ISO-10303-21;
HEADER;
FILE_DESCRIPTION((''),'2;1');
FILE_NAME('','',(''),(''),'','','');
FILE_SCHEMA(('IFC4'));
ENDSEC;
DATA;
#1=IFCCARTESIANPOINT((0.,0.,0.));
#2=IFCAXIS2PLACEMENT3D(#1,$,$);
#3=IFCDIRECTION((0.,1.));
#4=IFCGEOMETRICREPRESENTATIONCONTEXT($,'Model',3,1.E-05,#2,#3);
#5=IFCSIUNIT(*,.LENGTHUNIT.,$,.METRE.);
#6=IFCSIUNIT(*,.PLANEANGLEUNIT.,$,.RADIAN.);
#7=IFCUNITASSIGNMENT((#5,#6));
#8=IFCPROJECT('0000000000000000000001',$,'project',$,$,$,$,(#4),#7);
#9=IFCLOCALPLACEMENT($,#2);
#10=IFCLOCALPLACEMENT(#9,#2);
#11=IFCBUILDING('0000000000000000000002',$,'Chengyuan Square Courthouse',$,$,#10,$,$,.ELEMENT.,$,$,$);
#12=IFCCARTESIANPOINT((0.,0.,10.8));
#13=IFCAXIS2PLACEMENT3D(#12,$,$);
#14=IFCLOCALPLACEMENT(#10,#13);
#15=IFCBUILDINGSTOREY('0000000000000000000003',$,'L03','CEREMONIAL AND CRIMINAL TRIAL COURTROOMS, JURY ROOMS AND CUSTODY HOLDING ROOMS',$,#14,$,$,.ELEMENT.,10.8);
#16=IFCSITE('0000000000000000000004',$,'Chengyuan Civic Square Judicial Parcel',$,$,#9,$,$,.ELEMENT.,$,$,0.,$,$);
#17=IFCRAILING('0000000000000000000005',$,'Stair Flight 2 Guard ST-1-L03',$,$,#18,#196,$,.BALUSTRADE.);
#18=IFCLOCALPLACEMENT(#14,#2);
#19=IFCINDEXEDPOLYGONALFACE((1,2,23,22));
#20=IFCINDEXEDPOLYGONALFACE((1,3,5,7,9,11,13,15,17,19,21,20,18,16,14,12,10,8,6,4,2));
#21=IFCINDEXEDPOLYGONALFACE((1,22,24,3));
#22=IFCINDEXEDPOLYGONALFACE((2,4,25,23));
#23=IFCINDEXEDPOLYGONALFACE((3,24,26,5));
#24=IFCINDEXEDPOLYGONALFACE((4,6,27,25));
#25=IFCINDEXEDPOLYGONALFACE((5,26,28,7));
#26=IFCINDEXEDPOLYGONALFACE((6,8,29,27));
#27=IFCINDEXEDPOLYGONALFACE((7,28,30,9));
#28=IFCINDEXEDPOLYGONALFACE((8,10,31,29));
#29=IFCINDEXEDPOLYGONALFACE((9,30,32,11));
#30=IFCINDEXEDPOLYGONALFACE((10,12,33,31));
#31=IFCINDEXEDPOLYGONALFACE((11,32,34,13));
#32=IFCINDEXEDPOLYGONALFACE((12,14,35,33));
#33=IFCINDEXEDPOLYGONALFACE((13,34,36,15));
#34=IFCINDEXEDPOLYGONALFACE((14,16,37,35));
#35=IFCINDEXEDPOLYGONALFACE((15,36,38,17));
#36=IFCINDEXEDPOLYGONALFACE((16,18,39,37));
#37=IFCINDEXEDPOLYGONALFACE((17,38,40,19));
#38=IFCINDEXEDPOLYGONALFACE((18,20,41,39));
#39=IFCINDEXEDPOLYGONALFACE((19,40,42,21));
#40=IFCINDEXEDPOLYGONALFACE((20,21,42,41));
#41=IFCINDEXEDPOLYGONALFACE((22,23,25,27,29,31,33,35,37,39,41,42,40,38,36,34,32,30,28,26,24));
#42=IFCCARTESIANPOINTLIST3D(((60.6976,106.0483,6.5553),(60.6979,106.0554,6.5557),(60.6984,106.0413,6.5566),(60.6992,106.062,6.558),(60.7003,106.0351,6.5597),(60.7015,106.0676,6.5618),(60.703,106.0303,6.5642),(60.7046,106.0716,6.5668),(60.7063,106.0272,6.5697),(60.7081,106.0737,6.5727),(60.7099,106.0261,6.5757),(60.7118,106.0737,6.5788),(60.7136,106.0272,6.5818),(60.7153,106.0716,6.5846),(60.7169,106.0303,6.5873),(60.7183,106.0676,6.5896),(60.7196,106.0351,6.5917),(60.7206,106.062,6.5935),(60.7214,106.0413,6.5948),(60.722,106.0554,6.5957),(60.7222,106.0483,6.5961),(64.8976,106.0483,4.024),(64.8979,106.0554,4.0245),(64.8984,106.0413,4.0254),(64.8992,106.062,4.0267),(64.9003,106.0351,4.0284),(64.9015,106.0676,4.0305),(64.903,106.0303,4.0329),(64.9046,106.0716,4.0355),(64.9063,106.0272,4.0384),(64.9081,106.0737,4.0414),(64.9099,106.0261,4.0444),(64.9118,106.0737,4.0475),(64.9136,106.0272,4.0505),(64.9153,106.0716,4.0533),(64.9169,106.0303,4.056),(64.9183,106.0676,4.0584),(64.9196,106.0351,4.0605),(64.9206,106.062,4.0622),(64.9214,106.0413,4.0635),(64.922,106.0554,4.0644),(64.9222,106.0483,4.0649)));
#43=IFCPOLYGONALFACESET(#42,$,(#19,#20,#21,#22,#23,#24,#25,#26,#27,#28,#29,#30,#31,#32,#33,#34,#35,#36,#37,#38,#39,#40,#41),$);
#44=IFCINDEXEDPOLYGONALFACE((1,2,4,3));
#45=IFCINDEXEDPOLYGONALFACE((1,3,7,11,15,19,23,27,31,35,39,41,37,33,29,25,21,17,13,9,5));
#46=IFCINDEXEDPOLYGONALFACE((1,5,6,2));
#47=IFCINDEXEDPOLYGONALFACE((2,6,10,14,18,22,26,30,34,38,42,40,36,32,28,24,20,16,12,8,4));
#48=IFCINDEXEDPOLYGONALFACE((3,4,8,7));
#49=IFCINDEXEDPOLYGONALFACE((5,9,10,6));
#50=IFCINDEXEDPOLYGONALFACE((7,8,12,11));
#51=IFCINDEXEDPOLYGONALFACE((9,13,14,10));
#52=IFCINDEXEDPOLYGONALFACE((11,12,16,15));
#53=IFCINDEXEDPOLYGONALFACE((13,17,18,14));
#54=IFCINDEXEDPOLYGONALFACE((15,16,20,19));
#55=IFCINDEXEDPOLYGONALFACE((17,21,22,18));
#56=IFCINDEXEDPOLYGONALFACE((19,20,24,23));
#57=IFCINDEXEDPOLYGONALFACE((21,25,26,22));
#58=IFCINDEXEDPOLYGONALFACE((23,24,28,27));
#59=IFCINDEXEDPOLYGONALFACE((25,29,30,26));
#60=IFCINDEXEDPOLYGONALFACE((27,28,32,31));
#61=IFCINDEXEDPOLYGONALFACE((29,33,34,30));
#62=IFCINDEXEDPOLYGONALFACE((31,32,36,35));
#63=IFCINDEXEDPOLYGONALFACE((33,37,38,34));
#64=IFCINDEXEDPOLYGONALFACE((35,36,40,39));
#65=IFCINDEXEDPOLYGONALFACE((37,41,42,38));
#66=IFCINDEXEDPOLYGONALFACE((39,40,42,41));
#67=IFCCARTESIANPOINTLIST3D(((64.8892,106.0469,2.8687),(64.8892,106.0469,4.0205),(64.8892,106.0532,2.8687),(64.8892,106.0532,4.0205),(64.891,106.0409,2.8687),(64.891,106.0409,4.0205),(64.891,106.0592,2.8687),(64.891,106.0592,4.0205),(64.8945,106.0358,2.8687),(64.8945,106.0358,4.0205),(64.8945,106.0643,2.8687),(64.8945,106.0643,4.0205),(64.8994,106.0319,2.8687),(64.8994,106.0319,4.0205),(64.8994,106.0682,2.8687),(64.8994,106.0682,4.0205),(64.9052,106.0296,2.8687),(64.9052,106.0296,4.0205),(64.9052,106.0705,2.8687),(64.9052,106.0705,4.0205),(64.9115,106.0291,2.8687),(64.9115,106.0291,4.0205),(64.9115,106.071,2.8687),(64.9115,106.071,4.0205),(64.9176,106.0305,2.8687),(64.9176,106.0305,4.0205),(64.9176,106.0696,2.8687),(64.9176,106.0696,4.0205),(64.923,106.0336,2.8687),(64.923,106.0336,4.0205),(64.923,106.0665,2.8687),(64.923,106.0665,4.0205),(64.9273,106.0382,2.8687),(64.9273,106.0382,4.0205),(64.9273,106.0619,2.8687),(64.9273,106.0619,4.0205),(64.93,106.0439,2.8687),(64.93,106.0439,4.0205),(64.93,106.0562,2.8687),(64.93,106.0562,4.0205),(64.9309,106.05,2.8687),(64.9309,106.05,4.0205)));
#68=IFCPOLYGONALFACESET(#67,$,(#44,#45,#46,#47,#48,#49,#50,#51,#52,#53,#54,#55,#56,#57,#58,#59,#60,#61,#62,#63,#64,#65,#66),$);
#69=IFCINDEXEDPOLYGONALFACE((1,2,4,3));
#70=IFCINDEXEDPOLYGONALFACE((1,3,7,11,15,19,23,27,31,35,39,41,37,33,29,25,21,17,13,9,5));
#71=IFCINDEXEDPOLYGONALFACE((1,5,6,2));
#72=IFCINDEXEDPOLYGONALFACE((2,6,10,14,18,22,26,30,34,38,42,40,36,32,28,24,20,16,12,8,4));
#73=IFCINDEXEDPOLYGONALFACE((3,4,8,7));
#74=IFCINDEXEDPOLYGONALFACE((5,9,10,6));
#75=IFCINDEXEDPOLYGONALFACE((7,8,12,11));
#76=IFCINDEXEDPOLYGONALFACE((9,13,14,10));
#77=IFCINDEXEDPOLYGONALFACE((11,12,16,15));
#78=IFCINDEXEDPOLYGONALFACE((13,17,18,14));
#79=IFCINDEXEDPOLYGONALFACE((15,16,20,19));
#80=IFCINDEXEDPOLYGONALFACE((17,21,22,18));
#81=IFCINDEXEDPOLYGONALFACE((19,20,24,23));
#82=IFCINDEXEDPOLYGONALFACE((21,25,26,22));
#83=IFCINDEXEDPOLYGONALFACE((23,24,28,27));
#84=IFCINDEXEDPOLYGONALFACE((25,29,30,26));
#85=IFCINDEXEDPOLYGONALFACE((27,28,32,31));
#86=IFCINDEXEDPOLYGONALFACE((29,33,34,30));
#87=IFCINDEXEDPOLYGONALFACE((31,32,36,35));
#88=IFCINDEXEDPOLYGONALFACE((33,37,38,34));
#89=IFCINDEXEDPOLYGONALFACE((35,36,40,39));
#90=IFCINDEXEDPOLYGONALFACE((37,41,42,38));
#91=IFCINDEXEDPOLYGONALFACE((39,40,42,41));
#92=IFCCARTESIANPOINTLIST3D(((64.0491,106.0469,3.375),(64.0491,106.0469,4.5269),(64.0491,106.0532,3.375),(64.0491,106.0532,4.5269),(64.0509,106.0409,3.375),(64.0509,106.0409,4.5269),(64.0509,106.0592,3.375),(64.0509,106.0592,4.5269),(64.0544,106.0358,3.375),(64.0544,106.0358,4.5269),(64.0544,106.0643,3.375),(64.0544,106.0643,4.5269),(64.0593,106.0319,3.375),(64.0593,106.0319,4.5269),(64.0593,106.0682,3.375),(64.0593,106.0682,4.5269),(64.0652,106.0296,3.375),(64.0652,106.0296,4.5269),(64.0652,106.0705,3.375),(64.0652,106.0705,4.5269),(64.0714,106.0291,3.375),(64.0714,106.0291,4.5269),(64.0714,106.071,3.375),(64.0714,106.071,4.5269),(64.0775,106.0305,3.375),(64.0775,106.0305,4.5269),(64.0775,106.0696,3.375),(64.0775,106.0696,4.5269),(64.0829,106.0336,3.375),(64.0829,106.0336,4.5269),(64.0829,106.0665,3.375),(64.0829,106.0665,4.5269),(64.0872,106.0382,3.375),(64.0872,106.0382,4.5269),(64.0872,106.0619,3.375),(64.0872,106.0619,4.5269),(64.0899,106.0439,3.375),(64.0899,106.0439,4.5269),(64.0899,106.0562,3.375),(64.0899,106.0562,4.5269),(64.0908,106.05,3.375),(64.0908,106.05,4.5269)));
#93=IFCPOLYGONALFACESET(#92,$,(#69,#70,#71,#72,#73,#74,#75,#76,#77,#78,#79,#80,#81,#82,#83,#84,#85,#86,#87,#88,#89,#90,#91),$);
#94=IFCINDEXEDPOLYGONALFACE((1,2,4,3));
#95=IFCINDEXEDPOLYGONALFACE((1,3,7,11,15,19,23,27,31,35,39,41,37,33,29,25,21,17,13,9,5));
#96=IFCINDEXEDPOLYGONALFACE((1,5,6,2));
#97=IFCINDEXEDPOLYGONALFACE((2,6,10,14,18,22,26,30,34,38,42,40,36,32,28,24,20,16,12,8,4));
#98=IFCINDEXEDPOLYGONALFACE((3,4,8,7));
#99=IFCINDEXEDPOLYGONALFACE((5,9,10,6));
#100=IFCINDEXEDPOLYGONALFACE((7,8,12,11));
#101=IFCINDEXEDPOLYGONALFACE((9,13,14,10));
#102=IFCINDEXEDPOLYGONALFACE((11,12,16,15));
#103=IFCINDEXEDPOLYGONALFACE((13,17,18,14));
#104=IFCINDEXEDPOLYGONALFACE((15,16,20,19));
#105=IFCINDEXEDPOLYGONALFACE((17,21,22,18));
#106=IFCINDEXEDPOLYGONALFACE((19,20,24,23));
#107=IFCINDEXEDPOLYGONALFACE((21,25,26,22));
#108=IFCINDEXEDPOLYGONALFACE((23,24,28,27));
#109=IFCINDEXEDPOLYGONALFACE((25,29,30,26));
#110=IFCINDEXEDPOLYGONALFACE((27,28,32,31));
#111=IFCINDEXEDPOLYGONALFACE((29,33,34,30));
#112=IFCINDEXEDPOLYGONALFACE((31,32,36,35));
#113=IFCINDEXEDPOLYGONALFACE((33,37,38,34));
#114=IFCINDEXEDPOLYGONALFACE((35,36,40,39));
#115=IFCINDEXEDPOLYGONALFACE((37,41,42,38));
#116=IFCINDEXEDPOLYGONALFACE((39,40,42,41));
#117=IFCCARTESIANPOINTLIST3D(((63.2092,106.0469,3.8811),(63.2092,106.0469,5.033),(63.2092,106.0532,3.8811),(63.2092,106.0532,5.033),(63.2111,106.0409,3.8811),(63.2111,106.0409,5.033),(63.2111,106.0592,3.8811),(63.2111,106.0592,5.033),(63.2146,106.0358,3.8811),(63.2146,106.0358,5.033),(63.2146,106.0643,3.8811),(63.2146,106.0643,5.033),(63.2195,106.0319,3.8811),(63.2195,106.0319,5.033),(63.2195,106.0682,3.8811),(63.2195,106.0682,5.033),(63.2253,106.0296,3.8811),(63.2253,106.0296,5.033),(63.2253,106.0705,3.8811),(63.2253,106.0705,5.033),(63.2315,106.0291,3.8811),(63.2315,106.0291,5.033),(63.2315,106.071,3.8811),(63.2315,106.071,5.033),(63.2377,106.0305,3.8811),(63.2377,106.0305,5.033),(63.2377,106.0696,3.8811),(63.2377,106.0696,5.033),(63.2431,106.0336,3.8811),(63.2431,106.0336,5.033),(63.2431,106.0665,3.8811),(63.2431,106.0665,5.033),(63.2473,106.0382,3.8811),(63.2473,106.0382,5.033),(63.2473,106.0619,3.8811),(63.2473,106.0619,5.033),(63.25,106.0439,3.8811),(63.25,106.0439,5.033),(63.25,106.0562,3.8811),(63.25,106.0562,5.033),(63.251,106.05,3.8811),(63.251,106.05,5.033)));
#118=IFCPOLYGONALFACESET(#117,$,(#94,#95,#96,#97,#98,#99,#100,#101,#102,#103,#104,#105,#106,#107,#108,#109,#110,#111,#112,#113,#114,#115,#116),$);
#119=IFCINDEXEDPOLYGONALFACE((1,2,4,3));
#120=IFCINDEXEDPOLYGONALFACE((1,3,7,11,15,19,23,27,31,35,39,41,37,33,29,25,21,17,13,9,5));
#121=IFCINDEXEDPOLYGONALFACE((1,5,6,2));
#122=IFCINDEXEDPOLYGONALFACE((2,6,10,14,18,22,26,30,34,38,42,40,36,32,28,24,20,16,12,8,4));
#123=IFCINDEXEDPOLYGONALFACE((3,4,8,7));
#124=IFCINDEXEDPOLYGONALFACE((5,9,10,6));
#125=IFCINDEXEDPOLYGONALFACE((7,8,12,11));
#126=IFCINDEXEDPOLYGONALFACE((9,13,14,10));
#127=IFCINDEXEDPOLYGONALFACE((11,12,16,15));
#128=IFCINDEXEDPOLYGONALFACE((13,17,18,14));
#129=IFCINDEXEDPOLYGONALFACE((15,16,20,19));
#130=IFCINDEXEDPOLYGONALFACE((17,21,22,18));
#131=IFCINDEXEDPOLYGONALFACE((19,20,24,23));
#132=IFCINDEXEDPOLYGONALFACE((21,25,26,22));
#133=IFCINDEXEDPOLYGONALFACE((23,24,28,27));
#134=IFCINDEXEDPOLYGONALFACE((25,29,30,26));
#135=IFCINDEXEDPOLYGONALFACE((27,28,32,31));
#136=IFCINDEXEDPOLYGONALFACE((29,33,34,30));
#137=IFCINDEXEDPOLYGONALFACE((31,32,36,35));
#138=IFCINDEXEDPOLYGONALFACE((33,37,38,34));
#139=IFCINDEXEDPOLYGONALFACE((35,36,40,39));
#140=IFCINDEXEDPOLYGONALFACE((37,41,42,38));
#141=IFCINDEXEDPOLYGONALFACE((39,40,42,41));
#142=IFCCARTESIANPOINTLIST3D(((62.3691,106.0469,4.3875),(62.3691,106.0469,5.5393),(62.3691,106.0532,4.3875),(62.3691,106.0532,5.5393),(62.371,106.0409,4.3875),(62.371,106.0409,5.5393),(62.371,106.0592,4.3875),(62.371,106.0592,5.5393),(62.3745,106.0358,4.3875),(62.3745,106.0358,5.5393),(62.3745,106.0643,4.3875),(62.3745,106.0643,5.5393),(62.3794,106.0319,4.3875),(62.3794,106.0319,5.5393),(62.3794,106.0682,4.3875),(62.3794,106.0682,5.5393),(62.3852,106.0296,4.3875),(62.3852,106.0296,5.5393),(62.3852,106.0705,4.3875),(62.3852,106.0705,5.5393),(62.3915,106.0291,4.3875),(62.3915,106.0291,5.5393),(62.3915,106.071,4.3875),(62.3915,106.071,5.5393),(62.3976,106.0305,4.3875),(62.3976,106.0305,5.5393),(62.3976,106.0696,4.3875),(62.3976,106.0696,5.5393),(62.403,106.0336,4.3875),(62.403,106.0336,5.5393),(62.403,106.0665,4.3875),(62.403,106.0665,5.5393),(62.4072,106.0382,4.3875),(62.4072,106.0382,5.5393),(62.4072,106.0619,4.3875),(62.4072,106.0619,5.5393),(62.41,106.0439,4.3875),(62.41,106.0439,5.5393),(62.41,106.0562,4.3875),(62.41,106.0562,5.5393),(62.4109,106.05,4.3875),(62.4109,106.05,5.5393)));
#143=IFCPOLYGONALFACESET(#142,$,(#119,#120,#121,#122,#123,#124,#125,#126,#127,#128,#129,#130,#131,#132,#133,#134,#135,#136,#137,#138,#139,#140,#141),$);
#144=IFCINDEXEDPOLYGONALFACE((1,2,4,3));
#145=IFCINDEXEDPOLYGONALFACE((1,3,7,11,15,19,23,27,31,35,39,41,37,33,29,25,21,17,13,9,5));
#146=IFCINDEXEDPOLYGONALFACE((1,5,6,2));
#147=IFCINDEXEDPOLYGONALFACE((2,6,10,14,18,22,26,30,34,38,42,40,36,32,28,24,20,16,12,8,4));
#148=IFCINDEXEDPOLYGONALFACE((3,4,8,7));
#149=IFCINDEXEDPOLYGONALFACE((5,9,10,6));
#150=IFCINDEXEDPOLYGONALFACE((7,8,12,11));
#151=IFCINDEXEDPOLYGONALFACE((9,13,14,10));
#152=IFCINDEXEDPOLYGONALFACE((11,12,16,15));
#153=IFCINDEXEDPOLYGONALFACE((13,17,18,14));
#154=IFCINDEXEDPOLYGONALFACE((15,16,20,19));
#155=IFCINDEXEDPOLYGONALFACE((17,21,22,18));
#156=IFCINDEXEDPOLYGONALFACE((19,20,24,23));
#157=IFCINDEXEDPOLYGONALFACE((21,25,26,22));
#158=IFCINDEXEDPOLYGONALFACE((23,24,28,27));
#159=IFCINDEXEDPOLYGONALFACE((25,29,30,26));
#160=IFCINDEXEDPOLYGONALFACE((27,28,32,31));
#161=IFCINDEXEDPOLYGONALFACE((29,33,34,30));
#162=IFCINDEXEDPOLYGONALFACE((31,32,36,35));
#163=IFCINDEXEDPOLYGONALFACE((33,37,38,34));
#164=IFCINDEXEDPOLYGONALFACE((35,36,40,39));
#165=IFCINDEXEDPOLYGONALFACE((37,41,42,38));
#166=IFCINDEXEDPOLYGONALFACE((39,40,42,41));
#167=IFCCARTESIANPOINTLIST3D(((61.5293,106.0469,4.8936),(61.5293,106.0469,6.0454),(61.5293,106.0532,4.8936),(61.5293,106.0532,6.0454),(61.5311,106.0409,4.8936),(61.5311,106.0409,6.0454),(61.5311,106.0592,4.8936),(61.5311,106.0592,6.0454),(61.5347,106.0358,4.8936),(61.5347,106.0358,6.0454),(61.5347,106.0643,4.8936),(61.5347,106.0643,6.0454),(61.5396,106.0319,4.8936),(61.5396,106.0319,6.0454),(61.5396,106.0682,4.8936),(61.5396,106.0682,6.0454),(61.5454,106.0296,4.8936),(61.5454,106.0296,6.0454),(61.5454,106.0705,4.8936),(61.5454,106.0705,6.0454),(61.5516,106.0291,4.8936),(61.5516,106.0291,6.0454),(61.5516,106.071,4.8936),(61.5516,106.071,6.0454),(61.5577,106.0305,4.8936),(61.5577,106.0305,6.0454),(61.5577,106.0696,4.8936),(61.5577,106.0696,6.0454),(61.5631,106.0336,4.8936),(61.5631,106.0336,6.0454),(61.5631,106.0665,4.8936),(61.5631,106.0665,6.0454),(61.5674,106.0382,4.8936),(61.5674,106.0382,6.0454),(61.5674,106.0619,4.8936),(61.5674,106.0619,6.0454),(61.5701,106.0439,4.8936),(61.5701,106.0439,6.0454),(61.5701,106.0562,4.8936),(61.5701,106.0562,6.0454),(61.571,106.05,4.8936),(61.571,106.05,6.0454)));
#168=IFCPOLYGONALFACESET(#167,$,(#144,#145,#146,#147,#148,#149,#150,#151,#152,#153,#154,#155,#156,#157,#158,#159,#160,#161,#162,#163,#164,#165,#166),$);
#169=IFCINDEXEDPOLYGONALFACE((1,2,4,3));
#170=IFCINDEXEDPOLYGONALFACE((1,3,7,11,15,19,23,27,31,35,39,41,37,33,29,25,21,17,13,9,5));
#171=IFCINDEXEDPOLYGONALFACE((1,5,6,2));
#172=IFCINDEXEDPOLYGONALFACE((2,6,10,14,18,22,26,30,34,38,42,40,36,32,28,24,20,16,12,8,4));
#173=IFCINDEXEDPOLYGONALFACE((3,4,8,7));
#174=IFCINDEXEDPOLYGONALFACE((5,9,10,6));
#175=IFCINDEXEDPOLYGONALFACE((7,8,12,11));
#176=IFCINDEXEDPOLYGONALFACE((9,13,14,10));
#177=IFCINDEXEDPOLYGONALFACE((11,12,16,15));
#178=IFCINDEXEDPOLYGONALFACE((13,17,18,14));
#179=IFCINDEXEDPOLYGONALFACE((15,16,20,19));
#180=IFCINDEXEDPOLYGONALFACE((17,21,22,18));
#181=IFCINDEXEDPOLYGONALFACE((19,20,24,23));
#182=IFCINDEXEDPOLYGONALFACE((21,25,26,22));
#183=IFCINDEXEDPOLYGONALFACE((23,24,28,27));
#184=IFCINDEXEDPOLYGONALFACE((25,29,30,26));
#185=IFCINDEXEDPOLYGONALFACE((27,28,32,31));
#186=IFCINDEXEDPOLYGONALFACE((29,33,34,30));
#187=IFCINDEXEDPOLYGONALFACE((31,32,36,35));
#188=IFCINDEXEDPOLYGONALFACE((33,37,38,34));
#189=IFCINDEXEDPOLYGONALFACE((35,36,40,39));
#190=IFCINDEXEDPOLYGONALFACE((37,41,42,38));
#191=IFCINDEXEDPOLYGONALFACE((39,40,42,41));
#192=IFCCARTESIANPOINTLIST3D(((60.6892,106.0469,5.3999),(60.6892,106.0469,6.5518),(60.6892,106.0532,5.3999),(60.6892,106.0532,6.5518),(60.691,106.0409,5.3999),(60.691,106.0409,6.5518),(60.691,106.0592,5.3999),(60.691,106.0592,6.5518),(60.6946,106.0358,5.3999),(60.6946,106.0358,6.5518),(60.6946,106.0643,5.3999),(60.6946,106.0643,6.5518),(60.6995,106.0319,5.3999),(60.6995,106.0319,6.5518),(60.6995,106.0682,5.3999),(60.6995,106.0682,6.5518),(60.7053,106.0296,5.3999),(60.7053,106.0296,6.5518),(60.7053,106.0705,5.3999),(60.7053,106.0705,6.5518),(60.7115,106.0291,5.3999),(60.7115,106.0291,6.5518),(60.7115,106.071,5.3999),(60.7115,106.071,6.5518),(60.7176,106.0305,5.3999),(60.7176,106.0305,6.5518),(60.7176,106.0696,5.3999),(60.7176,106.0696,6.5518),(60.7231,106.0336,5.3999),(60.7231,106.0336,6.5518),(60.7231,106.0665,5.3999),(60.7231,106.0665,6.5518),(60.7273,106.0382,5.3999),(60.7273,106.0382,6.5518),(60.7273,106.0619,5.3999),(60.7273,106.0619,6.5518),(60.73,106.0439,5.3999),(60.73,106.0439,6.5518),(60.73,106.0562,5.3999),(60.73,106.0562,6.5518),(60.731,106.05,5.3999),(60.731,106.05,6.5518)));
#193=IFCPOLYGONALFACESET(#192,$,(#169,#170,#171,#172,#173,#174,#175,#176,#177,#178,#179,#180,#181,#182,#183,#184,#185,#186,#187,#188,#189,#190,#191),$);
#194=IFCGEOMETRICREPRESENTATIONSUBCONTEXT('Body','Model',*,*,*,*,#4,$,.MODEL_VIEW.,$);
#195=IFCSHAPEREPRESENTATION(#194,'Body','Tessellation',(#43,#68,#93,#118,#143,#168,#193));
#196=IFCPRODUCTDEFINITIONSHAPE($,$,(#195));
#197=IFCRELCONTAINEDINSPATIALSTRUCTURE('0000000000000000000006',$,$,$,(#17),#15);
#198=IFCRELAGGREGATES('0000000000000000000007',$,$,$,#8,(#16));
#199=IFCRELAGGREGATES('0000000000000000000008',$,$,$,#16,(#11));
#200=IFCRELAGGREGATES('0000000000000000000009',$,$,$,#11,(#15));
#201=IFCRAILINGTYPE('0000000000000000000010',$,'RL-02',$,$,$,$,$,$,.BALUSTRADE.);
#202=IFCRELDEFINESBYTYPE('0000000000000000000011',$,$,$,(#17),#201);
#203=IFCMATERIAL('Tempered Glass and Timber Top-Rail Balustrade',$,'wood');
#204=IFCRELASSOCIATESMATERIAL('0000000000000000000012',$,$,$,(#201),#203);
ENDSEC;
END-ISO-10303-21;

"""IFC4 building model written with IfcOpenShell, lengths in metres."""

from ifc_helpers import new_model, si_unit, direction, frame, origin, origin_2d, place, context, subcontext, project, spatial, circle, extrude, material, type_object, element, save


model = new_model("IFC4")

# Units and contexts
model_context = context("Model", 3, precision=1e-05, world=origin(), true_north=direction((0.0, 1.0)))
body_context = subcontext(model_context, "Body", "Model", "MODEL_VIEW")
ifc_project = project(units=[si_unit("LENGTHUNIT", "METRE"), si_unit("PLANEANGLEUNIT", "RADIAN")], contexts=[model_context])

# Site, building, storey
site_placement = place(None, origin())
site = spatial("IfcSite", under=ifc_project, at=site_placement, Name="Chengyuan Civic Square Judicial Parcel", CompositionType="ELEMENT", RefElevation=0.0)
building_placement = place(site_placement, origin())
building = spatial("IfcBuilding", under=site, at=building_placement, Name="Chengyuan Square Courthouse", CompositionType="ELEMENT")
storey_placement = place(building_placement, frame((0.0, 0.0, 10.8)))
storey = spatial("IfcBuildingStorey", under=building, at=storey_placement, Name="L03", Description="CEREMONIAL AND CRIMINAL TRIAL COURTROOMS, JURY ROOMS AND CUSTODY HOLDING ROOMS", CompositionType="ELEMENT", Elevation=10.8)

# Railing
ifc_material_1 = material(Name="Tempered Glass and Timber Top-Rail Balustrade", Category="wood")
railing_type_1 = type_object("IfcRailingType", Name="RL-02", PredefinedType="BALUSTRADE", material=ifc_material_1)
railing_1_placement = place(storey_placement, frame((64.9099, 106.05, 2.8687)))
element("IfcRailing", 1, at=railing_1_placement, inside=storey, type_object=railing_type_1, Name="Stair Flight 2 Guard ST-1-L03", PredefinedType="BALUSTRADE", context=body_context, shape_type="SweptSolid", body=[
    extrude(circle(Radius=0.0239, at=origin_2d()), frame((0.0, 0.0, 1.1758), z_axis=(-0.856476, 0.0, 0.516186), x_axis=(0.0, -1.0, 0.0)), (0.0, 0.0, 1.0), 4.9038),
    extrude(circle(Radius=0.021, at=origin_2d()), origin(), (0.0, 0.0, 1.0), 1.1519),
    extrude(circle(Radius=0.021, at=origin_2d()), frame((-0.8401, 0.0, 0.5063)), (0.0, 0.0, 1.0), 1.1519),
    extrude(circle(Radius=0.021, at=origin_2d()), frame((-1.6799, 0.0, 1.0125)), (0.0, 0.0, 1.0), 1.1519),
    extrude(circle(Radius=0.021, at=origin_2d()), frame((-2.52, 0.0, 1.5188)), (0.0, 0.0, 1.0), 1.1519),
    extrude(circle(Radius=0.021, at=origin_2d()), frame((-3.3599, 0.0, 2.0249)), (0.0, 0.0, 1.0), 1.1519),
    extrude(circle(Radius=0.021, at=origin_2d()), frame((-4.2, 0.0, 2.5312)), (0.0, 0.0, 1.0), 1.1519),
])

save(model, "model.ifc")
